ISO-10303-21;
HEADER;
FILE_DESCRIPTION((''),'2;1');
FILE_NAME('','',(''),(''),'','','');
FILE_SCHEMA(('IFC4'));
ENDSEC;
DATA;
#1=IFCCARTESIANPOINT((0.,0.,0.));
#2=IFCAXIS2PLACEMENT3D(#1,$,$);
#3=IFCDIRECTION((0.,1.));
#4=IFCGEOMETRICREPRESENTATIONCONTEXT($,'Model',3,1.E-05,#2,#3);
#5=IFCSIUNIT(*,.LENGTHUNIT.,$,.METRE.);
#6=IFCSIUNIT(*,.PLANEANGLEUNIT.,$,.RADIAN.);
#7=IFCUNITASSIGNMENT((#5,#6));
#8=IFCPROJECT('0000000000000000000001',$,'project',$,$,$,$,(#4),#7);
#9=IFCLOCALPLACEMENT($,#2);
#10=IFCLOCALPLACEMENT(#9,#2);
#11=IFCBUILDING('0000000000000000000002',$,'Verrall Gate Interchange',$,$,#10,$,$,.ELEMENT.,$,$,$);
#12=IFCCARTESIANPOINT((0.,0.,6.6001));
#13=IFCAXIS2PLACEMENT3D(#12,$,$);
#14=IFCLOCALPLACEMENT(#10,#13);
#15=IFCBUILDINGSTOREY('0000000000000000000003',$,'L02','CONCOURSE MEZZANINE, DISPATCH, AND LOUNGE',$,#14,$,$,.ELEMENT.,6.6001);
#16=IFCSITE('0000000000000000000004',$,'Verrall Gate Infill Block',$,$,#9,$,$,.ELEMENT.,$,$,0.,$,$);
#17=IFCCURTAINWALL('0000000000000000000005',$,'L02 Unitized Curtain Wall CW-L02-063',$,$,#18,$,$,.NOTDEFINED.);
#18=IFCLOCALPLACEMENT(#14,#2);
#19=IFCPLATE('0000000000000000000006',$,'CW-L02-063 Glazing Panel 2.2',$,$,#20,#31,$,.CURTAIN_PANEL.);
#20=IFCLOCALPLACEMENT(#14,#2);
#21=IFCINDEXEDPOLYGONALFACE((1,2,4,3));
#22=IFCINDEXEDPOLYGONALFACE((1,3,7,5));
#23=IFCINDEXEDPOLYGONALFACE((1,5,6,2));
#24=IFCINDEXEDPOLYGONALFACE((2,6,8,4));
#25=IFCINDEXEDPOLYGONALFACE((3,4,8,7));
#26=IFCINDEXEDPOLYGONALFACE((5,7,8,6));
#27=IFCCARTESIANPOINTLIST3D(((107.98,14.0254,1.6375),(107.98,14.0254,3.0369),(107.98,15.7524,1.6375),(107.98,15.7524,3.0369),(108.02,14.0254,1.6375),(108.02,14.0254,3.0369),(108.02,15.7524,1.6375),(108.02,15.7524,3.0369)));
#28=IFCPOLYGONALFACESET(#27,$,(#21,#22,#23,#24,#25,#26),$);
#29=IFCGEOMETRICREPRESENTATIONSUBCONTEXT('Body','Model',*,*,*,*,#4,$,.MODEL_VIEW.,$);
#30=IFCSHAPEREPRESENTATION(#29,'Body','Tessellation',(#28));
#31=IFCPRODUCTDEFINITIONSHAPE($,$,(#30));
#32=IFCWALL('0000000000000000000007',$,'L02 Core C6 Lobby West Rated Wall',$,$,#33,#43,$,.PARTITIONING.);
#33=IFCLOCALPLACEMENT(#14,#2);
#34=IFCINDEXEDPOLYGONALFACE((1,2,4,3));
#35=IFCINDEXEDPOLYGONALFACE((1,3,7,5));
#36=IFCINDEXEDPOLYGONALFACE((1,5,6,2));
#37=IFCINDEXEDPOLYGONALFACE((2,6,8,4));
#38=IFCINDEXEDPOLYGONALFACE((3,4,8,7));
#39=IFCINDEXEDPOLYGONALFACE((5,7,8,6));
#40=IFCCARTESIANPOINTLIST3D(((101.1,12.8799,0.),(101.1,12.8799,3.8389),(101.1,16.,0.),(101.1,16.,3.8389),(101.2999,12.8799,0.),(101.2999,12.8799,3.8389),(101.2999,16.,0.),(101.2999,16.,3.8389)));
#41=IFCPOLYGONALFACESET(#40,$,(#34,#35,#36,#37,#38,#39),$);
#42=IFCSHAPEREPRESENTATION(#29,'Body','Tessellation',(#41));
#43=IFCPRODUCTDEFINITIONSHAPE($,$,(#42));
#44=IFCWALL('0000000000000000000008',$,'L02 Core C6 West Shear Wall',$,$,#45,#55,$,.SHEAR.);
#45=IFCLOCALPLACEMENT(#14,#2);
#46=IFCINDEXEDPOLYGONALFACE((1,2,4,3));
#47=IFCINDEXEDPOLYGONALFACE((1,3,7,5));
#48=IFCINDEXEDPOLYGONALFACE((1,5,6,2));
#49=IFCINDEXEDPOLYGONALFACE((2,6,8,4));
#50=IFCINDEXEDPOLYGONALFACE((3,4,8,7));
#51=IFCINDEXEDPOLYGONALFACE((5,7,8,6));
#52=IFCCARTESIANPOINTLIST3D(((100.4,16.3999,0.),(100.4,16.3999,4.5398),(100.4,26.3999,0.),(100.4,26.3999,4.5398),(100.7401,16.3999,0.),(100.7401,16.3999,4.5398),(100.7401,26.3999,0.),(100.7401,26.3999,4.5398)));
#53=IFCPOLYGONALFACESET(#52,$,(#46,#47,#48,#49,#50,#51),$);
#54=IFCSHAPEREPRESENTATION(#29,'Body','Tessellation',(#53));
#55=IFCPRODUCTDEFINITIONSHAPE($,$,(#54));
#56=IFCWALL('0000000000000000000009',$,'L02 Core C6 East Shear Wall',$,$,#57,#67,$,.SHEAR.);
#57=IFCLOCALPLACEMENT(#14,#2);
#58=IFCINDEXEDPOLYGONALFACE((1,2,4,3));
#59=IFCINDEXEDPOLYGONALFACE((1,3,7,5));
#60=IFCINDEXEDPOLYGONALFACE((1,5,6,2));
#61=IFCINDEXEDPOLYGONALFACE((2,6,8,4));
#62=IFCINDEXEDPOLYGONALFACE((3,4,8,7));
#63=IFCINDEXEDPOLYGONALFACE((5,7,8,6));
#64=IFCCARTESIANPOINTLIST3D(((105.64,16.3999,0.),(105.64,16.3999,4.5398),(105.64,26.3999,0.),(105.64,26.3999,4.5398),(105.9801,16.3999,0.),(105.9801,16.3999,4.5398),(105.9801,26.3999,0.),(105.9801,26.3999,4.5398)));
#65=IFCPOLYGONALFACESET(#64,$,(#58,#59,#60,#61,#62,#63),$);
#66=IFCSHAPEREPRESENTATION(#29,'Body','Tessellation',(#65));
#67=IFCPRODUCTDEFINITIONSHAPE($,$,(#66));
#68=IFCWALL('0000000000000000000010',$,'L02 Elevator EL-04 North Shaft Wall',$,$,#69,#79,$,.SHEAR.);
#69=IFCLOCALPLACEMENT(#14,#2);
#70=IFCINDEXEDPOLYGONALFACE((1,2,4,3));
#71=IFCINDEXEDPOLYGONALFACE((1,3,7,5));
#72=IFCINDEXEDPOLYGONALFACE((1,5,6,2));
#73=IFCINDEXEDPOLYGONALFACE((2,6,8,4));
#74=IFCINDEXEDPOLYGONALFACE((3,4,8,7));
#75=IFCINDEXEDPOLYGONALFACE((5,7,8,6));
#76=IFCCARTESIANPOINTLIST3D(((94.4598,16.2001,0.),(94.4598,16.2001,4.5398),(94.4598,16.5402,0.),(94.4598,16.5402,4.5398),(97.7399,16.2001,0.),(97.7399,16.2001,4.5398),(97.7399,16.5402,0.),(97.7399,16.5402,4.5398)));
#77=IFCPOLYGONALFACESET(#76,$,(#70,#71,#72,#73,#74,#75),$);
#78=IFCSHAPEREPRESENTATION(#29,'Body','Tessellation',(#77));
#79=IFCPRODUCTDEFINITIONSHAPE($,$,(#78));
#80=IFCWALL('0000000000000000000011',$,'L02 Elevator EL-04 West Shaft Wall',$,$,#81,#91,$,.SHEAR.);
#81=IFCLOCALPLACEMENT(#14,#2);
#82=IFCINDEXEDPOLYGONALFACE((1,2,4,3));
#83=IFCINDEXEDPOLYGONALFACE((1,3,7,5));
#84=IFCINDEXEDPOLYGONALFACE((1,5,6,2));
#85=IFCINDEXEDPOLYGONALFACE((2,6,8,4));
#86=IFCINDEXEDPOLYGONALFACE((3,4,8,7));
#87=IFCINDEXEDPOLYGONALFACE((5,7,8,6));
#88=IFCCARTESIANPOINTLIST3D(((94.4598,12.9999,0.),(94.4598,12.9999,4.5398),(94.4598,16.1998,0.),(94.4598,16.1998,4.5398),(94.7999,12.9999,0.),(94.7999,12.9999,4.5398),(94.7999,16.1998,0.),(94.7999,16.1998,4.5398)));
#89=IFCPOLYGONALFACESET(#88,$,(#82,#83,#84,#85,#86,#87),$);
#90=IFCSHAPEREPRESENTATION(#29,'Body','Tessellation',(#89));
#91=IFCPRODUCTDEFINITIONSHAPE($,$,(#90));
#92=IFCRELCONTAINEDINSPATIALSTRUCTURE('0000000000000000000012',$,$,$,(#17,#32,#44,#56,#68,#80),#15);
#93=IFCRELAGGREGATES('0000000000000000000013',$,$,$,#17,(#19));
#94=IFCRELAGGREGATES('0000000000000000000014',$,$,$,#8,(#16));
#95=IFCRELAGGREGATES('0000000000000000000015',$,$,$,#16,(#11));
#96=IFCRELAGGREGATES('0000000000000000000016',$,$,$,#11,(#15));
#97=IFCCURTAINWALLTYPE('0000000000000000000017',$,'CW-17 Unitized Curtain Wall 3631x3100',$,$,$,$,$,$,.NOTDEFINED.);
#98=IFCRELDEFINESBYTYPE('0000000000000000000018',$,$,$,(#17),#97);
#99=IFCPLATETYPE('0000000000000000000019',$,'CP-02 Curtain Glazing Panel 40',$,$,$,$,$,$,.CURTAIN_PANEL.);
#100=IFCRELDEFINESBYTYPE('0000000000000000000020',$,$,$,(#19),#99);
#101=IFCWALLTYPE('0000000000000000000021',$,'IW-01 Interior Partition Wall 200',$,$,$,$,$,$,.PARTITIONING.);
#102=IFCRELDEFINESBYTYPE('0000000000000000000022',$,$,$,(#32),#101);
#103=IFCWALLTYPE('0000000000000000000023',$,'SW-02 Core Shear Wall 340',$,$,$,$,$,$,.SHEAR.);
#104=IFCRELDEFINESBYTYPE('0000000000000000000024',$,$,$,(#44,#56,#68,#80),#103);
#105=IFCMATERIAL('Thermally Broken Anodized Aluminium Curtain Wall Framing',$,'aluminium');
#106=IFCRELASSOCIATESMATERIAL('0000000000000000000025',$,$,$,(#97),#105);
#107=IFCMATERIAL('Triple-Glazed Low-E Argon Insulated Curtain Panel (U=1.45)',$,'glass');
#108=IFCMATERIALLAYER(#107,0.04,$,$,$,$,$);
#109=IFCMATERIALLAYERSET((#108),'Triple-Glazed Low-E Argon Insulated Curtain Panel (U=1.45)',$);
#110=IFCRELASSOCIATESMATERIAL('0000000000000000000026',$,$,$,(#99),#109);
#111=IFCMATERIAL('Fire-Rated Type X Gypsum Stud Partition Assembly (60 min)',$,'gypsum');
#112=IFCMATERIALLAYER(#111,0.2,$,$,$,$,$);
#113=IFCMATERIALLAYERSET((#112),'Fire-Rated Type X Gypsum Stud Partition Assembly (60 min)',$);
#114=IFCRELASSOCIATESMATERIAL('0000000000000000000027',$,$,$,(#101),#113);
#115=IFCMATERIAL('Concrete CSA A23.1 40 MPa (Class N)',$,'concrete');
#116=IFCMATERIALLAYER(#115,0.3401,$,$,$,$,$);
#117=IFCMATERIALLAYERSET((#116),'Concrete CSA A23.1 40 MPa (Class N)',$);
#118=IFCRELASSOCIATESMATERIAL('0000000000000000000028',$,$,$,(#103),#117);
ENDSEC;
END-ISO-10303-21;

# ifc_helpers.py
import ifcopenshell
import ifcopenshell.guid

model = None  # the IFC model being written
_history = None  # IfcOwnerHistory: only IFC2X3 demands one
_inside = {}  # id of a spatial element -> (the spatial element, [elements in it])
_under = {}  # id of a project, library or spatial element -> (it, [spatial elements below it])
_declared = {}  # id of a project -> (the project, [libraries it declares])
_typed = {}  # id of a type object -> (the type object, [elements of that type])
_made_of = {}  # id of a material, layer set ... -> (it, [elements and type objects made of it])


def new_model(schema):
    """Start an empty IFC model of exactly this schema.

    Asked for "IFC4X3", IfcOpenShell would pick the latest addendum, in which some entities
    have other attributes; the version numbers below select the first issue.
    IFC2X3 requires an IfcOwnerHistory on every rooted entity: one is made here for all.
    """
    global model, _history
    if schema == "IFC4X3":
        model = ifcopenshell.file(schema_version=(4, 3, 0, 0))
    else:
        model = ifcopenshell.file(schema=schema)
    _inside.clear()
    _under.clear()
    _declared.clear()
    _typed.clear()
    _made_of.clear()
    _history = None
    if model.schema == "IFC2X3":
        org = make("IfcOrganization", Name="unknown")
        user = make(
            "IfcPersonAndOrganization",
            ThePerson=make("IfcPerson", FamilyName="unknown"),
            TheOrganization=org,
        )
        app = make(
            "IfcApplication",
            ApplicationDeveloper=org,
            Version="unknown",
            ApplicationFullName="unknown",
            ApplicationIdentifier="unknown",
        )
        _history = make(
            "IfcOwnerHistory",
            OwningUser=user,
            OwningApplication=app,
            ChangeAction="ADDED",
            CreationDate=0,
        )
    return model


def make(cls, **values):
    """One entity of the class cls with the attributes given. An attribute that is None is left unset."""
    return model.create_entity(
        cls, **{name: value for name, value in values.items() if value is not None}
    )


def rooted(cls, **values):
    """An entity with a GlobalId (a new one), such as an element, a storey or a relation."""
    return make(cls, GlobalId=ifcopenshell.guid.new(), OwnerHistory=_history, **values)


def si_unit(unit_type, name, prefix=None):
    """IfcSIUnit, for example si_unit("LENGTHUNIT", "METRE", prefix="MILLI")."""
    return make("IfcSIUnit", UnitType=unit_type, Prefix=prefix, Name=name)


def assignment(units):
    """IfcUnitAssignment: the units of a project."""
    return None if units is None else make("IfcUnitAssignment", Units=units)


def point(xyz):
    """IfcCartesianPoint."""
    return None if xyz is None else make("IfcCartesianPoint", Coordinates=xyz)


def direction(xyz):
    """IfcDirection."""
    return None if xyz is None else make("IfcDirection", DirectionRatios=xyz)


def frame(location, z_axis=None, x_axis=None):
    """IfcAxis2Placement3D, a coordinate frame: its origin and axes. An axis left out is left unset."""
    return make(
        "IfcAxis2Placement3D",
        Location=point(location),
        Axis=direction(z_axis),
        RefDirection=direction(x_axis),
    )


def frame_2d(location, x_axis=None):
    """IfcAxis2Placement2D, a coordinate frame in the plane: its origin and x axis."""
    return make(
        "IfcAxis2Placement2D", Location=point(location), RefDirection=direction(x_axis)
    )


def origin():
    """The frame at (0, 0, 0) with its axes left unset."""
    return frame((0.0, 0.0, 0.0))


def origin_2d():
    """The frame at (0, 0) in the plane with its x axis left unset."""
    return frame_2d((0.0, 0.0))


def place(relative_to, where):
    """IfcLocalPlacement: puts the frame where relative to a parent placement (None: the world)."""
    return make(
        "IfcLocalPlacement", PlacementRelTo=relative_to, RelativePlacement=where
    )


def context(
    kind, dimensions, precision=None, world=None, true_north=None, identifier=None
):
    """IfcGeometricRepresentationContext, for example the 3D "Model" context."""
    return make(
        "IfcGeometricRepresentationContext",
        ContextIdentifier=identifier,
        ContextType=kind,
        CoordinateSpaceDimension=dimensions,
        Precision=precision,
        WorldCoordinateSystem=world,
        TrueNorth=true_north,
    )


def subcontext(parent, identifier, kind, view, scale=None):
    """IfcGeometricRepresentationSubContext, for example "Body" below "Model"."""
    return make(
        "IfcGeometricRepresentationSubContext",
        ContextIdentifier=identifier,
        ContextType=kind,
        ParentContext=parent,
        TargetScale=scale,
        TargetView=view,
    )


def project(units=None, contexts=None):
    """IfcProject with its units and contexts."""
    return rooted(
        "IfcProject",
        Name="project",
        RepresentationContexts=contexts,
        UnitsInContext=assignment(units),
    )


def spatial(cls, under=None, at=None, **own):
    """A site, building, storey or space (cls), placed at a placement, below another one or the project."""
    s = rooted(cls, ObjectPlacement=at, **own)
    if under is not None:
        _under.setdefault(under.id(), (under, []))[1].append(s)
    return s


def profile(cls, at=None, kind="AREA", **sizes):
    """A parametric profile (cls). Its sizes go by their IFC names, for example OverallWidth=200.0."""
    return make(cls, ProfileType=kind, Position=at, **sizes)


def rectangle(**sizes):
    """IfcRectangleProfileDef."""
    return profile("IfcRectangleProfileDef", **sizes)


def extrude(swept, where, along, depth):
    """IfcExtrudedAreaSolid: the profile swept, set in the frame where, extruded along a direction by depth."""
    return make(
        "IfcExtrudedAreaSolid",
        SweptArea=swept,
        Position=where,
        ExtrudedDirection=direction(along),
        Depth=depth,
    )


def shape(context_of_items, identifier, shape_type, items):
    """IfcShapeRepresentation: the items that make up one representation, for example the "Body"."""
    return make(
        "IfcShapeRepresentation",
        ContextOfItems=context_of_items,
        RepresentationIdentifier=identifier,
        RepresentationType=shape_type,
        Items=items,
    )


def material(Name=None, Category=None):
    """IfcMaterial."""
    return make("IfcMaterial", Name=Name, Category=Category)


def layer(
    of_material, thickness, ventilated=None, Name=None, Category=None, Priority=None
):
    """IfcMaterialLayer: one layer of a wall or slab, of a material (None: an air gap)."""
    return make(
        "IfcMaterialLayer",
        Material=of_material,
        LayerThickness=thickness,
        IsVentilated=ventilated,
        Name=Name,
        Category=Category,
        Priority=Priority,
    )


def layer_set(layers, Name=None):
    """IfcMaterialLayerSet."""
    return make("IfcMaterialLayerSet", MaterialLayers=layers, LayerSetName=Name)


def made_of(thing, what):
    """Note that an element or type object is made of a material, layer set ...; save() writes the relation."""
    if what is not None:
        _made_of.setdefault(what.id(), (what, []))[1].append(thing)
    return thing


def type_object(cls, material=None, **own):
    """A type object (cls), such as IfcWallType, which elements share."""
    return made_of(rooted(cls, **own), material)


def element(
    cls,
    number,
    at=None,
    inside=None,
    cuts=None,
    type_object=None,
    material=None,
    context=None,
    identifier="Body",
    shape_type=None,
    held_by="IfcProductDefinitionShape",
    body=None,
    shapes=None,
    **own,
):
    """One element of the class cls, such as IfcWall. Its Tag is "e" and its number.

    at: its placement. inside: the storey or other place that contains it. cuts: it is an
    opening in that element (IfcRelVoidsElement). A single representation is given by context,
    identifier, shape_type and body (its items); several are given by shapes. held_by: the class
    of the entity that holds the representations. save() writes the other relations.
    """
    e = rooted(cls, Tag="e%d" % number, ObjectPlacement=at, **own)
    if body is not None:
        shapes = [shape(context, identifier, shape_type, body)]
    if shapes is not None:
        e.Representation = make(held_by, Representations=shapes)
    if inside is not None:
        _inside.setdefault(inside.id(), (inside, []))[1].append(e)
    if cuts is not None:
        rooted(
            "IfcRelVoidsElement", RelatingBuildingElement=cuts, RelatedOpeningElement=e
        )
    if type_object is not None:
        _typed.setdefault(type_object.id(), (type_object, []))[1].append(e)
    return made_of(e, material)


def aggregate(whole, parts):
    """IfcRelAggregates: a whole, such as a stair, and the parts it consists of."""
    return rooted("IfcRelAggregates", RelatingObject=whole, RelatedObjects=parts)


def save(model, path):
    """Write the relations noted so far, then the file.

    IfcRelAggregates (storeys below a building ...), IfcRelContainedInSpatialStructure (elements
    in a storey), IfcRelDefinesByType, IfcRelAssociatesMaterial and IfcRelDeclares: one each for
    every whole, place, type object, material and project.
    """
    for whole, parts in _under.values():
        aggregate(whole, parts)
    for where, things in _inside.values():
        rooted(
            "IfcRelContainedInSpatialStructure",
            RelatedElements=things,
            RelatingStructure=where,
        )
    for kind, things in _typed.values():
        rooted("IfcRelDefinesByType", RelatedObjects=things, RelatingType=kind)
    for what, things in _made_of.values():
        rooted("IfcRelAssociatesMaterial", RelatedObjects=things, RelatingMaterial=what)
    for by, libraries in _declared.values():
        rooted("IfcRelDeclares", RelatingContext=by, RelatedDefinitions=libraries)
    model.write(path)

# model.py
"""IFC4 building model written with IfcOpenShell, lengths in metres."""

from ifc_helpers import new_model, si_unit, direction, frame, frame_2d, origin, origin_2d, place, context, subcontext, project, spatial, rectangle, extrude, material, layer, layer_set, type_object, element, aggregate, save


model = new_model("IFC4")

# Units and contexts
model_context = context("Model", 3, precision=1e-05, world=origin(), true_north=direction((0.0, 1.0)))
body_context = subcontext(model_context, "Body", "Model", "MODEL_VIEW")
ifc_project = project(units=[si_unit("LENGTHUNIT", "METRE"), si_unit("PLANEANGLEUNIT", "RADIAN")], contexts=[model_context])

# Site, building, storey
site_placement = place(None, origin())
site = spatial("IfcSite", under=ifc_project, at=site_placement, Name="Verrall Gate Infill Block", CompositionType="ELEMENT", RefElevation=0.0)
building_placement = place(site_placement, origin())
building = spatial("IfcBuilding", under=site, at=building_placement, Name="Verrall Gate Interchange", CompositionType="ELEMENT")
storey_placement = place(building_placement, frame((0.0, 0.0, 6.6001)))
storey = spatial("IfcBuildingStorey", under=building, at=storey_placement, Name="L02", Description="CONCOURSE MEZZANINE, DISPATCH, AND LOUNGE", CompositionType="ELEMENT", Elevation=6.6001)

# Curtain wall
ifc_material_1 = material(Name="Thermally Broken Anodized Aluminium Curtain Wall Framing", Category="aluminium")
curtain_wall_type = type_object("IfcCurtainWallType", Name="CW-17 Unitized Curtain Wall 3631x3100", PredefinedType="NOTDEFINED", material=ifc_material_1)
curtain_wall_placement = place(storey_placement, origin())
curtain_wall = element("IfcCurtainWall", 1, at=curtain_wall_placement, inside=storey, type_object=curtain_wall_type, Name="L02 Unitized Curtain Wall CW-L02-063", PredefinedType="NOTDEFINED")

# Plate
ifc_material_2 = material(Name="Triple-Glazed Low-E Argon Insulated Curtain Panel (U=1.45)", Category="glass")
ifc_layer_1 = layer(ifc_material_2, 0.04)
ifc_layer_set_1 = layer_set([ifc_layer_1], Name="Triple-Glazed Low-E Argon Insulated Curtain Panel (U=1.45)")
plate_type_1 = type_object("IfcPlateType", Name="CP-02 Curtain Glazing Panel 40", PredefinedType="CURTAIN_PANEL", material=ifc_layer_set_1)
plate_1_placement = place(storey_placement, frame((108.0, 14.8889, 1.6375), z_axis=(0.0, 0.0, 1.0), x_axis=(0.0, 1.0, 0.0)))
plate_1 = element("IfcPlate", 2, at=plate_1_placement, type_object=plate_type_1, Name="CW-L02-063 Glazing Panel 2.2", PredefinedType="CURTAIN_PANEL", context=body_context, shape_type="SweptSolid", body=[
    extrude(rectangle(XDim=1.7271, YDim=0.04, at=origin_2d()), origin(), (0.0, 0.0, 1.0), 1.3994),
])
aggregate(curtain_wall, [plate_1])

# Wall
ifc_material_3 = material(Name="Fire-Rated Type X Gypsum Stud Partition Assembly (60 min)", Category="gypsum")
ifc_layer_2 = layer(ifc_material_3, 0.2)
ifc_layer_set_2 = layer_set([ifc_layer_2], Name="Fire-Rated Type X Gypsum Stud Partition Assembly (60 min)")
wall_type_1 = type_object("IfcWallType", Name="IW-01 Interior Partition Wall 200", PredefinedType="PARTITIONING", material=ifc_layer_set_2)
wall_1_placement = place(storey_placement, frame((101.2, 16.0, 0.0), z_axis=(0.0, 0.0, 1.0), x_axis=(0.0, -1.0, 0.0)))
element("IfcWall", 3, at=wall_1_placement, inside=storey, type_object=wall_type_1, Name="L02 Core C6 Lobby West Rated Wall", PredefinedType="PARTITIONING", context=body_context, shape_type="SweptSolid", body=[
    extrude(rectangle(XDim=3.1201, YDim=0.2, at=frame_2d((1.5601, 0.0))), origin(), (0.0, 0.0, 1.0), 3.8389),
])

# Shared definitions
ifc_material_4 = material(Name="Concrete CSA A23.1 40 MPa (Class N)", Category="concrete")
ifc_layer_3 = layer(ifc_material_4, 0.3401)
ifc_layer_set_3 = layer_set([ifc_layer_3], Name="Concrete CSA A23.1 40 MPa (Class N)")
wall_type_2 = type_object("IfcWallType", Name="SW-02 Core Shear Wall 340", PredefinedType="SHEAR", material=ifc_layer_set_3)

# Walls
for number, where, z_axis, x_axis, name in (
    (4, (100.5701, 26.3999, 0.0), (0.0, 0.0, 1.0), (0.0, -1.0, 0.0), "L02 Core C6 West Shear Wall"),
    (5, (105.8101, 16.3999, 0.0), (0.0, 0.0, 1.0), (0.0, 1.0, 0.0), "L02 Core C6 East Shear Wall"),
):
    element("IfcWall", number, at=place(storey_placement, frame(where, z_axis=z_axis, x_axis=x_axis)), inside=storey, type_object=wall_type_2, Name=name, PredefinedType="SHEAR", context=body_context, shape_type="SweptSolid", body=[
        extrude(rectangle(XDim=10.0, YDim=0.3401, at=frame_2d((5.0, 0.0))), origin(), (0.0, 0.0, 1.0), 4.5398),
    ])
wall_2_placement = place(storey_placement, frame((97.74, 16.3701, 0.0), z_axis=(0.0, 0.0, 1.0), x_axis=(-1.0, 0.0, 0.0)))
element("IfcWall", 6, at=wall_2_placement, inside=storey, type_object=wall_type_2, Name="L02 Elevator EL-04 North Shaft Wall", PredefinedType="SHEAR", context=body_context, shape_type="SweptSolid", body=[
    extrude(rectangle(XDim=3.28, YDim=0.3401, at=frame_2d((1.6401, 0.0))), origin(), (0.0, 0.0, 1.0), 4.5398),
])
wall_3_placement = place(storey_placement, frame((94.6299, 16.2, 0.0), z_axis=(0.0, 0.0, 1.0), x_axis=(0.0, -1.0, 0.0)))
element("IfcWall", 7, at=wall_3_placement, inside=storey, type_object=wall_type_2, Name="L02 Elevator EL-04 West Shaft Wall", PredefinedType="SHEAR", context=body_context, shape_type="SweptSolid", body=[
    extrude(rectangle(XDim=3.2, YDim=0.3401, at=frame_2d((1.6001, 0.0))), origin(), (0.0, 0.0, 1.0), 4.5398),
])

save(model, "model.ifc")
